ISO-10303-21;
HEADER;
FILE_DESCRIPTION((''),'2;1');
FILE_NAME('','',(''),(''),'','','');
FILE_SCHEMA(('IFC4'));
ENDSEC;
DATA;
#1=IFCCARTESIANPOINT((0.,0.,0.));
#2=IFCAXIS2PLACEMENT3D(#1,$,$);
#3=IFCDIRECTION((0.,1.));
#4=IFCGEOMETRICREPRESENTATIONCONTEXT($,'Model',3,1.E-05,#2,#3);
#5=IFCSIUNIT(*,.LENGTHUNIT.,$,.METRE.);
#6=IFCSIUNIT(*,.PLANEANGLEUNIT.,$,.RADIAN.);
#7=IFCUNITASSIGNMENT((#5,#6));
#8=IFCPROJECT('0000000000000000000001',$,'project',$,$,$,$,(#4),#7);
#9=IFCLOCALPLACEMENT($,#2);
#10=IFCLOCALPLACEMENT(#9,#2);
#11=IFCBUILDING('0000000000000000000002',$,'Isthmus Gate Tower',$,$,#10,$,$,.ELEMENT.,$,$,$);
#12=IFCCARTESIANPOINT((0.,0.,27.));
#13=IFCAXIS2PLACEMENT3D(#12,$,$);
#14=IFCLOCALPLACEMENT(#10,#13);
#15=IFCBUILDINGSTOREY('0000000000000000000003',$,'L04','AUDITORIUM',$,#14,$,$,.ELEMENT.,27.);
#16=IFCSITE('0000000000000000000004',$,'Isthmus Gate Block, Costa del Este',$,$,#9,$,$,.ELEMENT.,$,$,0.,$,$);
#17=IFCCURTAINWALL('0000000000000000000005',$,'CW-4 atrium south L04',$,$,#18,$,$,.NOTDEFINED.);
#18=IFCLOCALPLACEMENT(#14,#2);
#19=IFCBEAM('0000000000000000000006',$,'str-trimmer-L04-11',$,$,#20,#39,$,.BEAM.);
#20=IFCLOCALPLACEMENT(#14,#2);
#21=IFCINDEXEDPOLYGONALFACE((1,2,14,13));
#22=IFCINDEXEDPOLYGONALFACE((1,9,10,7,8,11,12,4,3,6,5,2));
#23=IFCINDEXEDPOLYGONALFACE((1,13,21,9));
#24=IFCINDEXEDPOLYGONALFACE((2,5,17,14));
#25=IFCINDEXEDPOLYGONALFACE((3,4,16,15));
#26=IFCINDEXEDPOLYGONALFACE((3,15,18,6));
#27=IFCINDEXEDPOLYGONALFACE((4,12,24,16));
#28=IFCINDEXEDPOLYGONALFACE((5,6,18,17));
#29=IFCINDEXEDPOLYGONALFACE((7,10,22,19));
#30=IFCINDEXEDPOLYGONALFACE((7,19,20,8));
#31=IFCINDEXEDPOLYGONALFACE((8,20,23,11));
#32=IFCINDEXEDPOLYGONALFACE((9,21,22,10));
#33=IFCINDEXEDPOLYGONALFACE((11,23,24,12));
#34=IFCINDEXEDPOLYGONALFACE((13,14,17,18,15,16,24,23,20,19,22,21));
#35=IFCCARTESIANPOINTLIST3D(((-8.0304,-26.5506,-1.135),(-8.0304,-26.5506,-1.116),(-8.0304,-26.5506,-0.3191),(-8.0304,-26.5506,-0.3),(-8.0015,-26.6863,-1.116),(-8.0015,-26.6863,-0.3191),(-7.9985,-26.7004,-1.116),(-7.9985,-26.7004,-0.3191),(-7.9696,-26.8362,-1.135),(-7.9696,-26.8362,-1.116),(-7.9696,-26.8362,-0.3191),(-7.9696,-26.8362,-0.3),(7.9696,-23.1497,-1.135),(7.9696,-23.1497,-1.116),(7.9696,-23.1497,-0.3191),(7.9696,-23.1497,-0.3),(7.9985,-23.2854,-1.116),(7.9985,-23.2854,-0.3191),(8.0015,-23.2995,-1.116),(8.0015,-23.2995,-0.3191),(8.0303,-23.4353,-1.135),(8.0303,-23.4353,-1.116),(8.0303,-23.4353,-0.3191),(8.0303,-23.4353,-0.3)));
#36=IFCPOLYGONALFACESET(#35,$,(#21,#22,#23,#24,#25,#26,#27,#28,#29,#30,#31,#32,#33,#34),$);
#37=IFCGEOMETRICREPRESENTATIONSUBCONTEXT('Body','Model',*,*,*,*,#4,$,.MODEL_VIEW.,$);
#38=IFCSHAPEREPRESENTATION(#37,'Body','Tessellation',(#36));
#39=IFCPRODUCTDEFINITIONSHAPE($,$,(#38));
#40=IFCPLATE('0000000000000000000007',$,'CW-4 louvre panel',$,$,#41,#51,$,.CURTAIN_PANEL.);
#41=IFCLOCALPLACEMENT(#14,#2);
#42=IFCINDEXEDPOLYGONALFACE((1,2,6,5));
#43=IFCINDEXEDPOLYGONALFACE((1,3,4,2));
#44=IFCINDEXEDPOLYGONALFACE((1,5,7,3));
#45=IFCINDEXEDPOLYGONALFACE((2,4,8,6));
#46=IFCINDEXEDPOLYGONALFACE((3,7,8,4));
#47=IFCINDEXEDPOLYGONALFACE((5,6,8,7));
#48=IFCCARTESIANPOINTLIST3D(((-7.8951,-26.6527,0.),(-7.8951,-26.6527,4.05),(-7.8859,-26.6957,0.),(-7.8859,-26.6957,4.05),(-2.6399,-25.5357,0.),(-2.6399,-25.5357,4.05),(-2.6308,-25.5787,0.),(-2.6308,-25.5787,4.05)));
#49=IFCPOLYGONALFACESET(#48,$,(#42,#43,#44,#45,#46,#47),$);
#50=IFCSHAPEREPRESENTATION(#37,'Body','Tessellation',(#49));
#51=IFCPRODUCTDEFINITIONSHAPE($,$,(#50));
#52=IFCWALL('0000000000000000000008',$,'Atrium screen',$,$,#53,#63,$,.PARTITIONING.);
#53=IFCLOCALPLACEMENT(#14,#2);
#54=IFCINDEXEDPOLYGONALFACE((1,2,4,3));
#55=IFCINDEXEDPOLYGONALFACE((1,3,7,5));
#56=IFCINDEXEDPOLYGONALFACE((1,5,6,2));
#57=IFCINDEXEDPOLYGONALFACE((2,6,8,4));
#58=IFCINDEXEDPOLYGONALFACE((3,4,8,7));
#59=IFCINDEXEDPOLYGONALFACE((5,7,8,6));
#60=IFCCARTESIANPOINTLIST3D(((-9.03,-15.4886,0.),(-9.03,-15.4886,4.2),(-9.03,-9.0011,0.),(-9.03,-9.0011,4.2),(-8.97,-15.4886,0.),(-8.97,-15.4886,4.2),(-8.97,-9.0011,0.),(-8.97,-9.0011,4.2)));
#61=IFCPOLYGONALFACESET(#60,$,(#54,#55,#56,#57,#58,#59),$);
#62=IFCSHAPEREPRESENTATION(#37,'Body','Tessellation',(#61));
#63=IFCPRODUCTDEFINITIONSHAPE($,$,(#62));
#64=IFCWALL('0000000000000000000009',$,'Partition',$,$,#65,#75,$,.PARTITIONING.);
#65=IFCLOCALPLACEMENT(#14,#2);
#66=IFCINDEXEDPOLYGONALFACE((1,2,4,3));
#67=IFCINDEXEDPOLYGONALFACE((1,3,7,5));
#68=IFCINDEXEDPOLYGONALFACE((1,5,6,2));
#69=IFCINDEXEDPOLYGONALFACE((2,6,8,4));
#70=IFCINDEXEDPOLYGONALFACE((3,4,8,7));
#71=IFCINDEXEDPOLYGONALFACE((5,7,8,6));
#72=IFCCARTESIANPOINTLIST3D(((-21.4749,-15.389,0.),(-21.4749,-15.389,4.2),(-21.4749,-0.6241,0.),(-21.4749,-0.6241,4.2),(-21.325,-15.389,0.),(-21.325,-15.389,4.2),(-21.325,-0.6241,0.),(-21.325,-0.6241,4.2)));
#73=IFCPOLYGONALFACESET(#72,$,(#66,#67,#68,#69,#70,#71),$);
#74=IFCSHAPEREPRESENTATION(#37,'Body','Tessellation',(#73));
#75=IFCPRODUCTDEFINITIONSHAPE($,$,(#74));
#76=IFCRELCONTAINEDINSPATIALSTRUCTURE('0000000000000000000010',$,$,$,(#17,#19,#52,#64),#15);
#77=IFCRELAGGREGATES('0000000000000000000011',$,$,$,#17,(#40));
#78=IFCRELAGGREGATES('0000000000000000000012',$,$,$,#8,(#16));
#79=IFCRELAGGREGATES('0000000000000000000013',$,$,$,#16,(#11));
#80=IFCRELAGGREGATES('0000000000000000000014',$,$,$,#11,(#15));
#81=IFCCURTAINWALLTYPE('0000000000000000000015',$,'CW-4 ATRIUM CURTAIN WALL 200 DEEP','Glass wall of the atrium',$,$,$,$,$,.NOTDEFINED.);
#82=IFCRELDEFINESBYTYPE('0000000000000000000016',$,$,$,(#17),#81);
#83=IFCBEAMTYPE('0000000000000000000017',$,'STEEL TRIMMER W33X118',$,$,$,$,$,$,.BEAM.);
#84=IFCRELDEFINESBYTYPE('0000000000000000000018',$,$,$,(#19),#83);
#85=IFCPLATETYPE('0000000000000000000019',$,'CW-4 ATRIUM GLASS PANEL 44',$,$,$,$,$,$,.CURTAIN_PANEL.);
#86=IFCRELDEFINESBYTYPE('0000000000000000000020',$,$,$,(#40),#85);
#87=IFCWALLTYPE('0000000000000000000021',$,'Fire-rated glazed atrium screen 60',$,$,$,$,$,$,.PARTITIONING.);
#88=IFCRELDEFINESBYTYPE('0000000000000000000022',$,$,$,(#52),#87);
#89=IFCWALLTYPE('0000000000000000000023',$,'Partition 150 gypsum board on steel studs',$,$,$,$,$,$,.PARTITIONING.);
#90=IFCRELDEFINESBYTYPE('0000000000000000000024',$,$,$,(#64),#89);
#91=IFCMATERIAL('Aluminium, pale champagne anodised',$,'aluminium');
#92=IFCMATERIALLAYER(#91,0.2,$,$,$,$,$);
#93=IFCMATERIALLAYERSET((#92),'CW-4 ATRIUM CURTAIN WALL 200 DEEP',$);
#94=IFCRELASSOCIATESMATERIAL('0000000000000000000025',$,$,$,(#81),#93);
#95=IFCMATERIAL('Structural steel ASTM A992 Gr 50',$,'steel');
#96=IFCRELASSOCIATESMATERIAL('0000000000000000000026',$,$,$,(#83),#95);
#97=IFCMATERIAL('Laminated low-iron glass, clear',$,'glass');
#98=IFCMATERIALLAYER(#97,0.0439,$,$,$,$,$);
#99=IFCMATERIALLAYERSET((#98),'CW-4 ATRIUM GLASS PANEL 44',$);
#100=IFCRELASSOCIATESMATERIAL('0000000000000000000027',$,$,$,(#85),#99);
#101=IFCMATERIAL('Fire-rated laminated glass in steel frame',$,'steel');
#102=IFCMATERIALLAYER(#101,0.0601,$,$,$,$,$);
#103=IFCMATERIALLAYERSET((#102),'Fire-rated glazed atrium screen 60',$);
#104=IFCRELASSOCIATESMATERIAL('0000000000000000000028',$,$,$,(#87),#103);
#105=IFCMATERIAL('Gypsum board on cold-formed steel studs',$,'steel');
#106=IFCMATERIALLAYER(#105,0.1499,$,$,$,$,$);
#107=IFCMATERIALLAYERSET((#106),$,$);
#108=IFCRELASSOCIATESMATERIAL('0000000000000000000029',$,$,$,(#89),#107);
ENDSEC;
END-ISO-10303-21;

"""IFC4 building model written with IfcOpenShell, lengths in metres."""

from ifc_helpers import new_model, si_unit, direction, frame, frame_2d, origin, origin_2d, place, context, subcontext, project, spatial, rectangle, i_section, extrude, material, layer, layer_set, material_profile, profile_set, type_object, element, aggregate, save


model = new_model("IFC4")

# Units and contexts
model_context = context("Model", 3, precision=1e-05, world=origin(), true_north=direction((0.0, 1.0)))
body_context = subcontext(model_context, "Body", "Model", "MODEL_VIEW")
ifc_project = project(units=[si_unit("LENGTHUNIT", "METRE"), si_unit("PLANEANGLEUNIT", "RADIAN")], contexts=[model_context])

# Site, building, storey
site_placement = place(None, origin())
site = spatial("IfcSite", under=ifc_project, at=site_placement, Name="Isthmus Gate Block, Costa del Este", CompositionType="ELEMENT", RefElevation=0.0)
building_placement = place(site_placement, origin())
building = spatial("IfcBuilding", under=site, at=building_placement, Name="Isthmus Gate Tower", CompositionType="ELEMENT")
storey_placement = place(building_placement, frame((0.0, 0.0, 27.0)))
storey = spatial("IfcBuildingStorey", under=building, at=storey_placement, Name="L04", Description="AUDITORIUM", CompositionType="ELEMENT", Elevation=27.0)

# Curtain wall
ifc_material_1 = material(Name="Aluminium, pale champagne anodised", Category="aluminium")
ifc_layer_1 = layer(ifc_material_1, 0.2)
ifc_layer_set_1 = layer_set([ifc_layer_1], Name="CW-4 ATRIUM CURTAIN WALL 200 DEEP")
curtain_wall_type = type_object("IfcCurtainWallType", Name="CW-4 ATRIUM CURTAIN WALL 200 DEEP", Description="Glass wall of the atrium", PredefinedType="NOTDEFINED", material=ifc_layer_set_1)
curtain_wall_placement = place(storey_placement, origin())
curtain_wall = element("IfcCurtainWall", 1, at=curtain_wall_placement, inside=storey, type_object=curtain_wall_type, Name="CW-4 atrium south L04", PredefinedType="NOTDEFINED")

# Beam
ifc_material_2 = material(Name="Structural steel ASTM A992 Gr 50", Category="steel")
ifc_material_profile_1 = material_profile(ifc_material_2, i_section(OverallWidth=0.292, OverallDepth=0.835, WebThickness=0.0144, FlangeThickness=0.019, at=origin_2d()), Name="W33X118")
ifc_profile_set_1 = profile_set([ifc_material_profile_1], Name="Structural steel ASTM A992 Gr 50")
beam_type_1 = type_object("IfcBeamType", Name="STEEL TRIMMER W33X118", PredefinedType="BEAM", material=ifc_profile_set_1)
beam_1_placement = place(storey_placement, frame((-8.0, -26.6934, -0.7175), z_axis=(0.978148, 0.20791, 0.0), x_axis=(-0.20791, 0.978148, 0.0)))
element("IfcBeam", 2, at=beam_1_placement, inside=storey, type_object=beam_type_1, Name="str-trimmer-L04-11", PredefinedType="BEAM", context=body_context, shape_type="SweptSolid", body=[
    extrude(i_section(OverallWidth=0.292, OverallDepth=0.835, WebThickness=0.0144, FlangeThickness=0.019, at=origin_2d()), origin(), (0.0, 0.0, 1.0), 16.3574),
])

# Plate
ifc_material_3 = material(Name="Laminated low-iron glass, clear", Category="glass")
ifc_layer_2 = layer(ifc_material_3, 0.0439)
ifc_layer_set_2 = layer_set([ifc_layer_2], Name="CW-4 ATRIUM GLASS PANEL 44")
plate_type = type_object("IfcPlateType", Name="CW-4 ATRIUM GLASS PANEL 44", PredefinedType="CURTAIN_PANEL", material=ifc_layer_set_2)
plate_placement = place(storey_placement, frame((-5.2629, -26.1157, 0.0), z_axis=(0.0, 0.0, 1.0), x_axis=(0.978148, 0.207912, 0.0)))
plate = element("IfcPlate", 3, at=plate_placement, type_object=plate_type, Name="CW-4 louvre panel", PredefinedType="CURTAIN_PANEL", context=body_context, shape_type="SweptSolid", body=[
    extrude(rectangle(XDim=5.3726, YDim=0.0439, at=origin_2d()), origin(), (0.0, 0.0, 1.0), 4.05),
])
aggregate(curtain_wall, [plate])

# Walls
ifc_material_4 = material(Name="Fire-rated laminated glass in steel frame", Category="steel")
ifc_layer_3 = layer(ifc_material_4, 0.0601)
ifc_layer_set_3 = layer_set([ifc_layer_3], Name="Fire-rated glazed atrium screen 60")
wall_type_1 = type_object("IfcWallType", Name="Fire-rated glazed atrium screen 60", PredefinedType="PARTITIONING", material=ifc_layer_set_3)
wall_1_placement = place(storey_placement, frame((-9.0, -15.4885, 0.0), z_axis=(0.0, 0.0, 1.0), x_axis=(0.0, 1.0, 0.0)))
element("IfcWall", 4, at=wall_1_placement, inside=storey, type_object=wall_type_1, Name="Atrium screen", PredefinedType="PARTITIONING", context=body_context, shape_type="SweptSolid", body=[
    extrude(rectangle(XDim=6.4875, YDim=0.0601, at=frame_2d((3.2437, 0.0))), origin(), (0.0, 0.0, 1.0), 4.2),
])
ifc_material_5 = material(Name="Gypsum board on cold-formed steel studs", Category="steel")
ifc_layer_4 = layer(ifc_material_5, 0.1499)
ifc_layer_set_4 = layer_set([ifc_layer_4])
wall_type_2 = type_object("IfcWallType", Name="Partition 150 gypsum board on steel studs", PredefinedType="PARTITIONING", material=ifc_layer_set_4)
wall_2_placement = place(storey_placement, frame((-21.3999, -15.3889, 0.0), z_axis=(0.0, 0.0, 1.0), x_axis=(0.0, 1.0, 0.0)))
element("IfcWall", 5, at=wall_2_placement, inside=storey, type_object=wall_type_2, Name="Partition", PredefinedType="PARTITIONING", context=body_context, shape_type="SweptSolid", body=[
    extrude(rectangle(XDim=14.7649, YDim=0.1499, at=frame_2d((7.3823, 0.0))), origin(), (0.0, 0.0, 1.0), 4.2),
])

save(model, "model.ifc")
